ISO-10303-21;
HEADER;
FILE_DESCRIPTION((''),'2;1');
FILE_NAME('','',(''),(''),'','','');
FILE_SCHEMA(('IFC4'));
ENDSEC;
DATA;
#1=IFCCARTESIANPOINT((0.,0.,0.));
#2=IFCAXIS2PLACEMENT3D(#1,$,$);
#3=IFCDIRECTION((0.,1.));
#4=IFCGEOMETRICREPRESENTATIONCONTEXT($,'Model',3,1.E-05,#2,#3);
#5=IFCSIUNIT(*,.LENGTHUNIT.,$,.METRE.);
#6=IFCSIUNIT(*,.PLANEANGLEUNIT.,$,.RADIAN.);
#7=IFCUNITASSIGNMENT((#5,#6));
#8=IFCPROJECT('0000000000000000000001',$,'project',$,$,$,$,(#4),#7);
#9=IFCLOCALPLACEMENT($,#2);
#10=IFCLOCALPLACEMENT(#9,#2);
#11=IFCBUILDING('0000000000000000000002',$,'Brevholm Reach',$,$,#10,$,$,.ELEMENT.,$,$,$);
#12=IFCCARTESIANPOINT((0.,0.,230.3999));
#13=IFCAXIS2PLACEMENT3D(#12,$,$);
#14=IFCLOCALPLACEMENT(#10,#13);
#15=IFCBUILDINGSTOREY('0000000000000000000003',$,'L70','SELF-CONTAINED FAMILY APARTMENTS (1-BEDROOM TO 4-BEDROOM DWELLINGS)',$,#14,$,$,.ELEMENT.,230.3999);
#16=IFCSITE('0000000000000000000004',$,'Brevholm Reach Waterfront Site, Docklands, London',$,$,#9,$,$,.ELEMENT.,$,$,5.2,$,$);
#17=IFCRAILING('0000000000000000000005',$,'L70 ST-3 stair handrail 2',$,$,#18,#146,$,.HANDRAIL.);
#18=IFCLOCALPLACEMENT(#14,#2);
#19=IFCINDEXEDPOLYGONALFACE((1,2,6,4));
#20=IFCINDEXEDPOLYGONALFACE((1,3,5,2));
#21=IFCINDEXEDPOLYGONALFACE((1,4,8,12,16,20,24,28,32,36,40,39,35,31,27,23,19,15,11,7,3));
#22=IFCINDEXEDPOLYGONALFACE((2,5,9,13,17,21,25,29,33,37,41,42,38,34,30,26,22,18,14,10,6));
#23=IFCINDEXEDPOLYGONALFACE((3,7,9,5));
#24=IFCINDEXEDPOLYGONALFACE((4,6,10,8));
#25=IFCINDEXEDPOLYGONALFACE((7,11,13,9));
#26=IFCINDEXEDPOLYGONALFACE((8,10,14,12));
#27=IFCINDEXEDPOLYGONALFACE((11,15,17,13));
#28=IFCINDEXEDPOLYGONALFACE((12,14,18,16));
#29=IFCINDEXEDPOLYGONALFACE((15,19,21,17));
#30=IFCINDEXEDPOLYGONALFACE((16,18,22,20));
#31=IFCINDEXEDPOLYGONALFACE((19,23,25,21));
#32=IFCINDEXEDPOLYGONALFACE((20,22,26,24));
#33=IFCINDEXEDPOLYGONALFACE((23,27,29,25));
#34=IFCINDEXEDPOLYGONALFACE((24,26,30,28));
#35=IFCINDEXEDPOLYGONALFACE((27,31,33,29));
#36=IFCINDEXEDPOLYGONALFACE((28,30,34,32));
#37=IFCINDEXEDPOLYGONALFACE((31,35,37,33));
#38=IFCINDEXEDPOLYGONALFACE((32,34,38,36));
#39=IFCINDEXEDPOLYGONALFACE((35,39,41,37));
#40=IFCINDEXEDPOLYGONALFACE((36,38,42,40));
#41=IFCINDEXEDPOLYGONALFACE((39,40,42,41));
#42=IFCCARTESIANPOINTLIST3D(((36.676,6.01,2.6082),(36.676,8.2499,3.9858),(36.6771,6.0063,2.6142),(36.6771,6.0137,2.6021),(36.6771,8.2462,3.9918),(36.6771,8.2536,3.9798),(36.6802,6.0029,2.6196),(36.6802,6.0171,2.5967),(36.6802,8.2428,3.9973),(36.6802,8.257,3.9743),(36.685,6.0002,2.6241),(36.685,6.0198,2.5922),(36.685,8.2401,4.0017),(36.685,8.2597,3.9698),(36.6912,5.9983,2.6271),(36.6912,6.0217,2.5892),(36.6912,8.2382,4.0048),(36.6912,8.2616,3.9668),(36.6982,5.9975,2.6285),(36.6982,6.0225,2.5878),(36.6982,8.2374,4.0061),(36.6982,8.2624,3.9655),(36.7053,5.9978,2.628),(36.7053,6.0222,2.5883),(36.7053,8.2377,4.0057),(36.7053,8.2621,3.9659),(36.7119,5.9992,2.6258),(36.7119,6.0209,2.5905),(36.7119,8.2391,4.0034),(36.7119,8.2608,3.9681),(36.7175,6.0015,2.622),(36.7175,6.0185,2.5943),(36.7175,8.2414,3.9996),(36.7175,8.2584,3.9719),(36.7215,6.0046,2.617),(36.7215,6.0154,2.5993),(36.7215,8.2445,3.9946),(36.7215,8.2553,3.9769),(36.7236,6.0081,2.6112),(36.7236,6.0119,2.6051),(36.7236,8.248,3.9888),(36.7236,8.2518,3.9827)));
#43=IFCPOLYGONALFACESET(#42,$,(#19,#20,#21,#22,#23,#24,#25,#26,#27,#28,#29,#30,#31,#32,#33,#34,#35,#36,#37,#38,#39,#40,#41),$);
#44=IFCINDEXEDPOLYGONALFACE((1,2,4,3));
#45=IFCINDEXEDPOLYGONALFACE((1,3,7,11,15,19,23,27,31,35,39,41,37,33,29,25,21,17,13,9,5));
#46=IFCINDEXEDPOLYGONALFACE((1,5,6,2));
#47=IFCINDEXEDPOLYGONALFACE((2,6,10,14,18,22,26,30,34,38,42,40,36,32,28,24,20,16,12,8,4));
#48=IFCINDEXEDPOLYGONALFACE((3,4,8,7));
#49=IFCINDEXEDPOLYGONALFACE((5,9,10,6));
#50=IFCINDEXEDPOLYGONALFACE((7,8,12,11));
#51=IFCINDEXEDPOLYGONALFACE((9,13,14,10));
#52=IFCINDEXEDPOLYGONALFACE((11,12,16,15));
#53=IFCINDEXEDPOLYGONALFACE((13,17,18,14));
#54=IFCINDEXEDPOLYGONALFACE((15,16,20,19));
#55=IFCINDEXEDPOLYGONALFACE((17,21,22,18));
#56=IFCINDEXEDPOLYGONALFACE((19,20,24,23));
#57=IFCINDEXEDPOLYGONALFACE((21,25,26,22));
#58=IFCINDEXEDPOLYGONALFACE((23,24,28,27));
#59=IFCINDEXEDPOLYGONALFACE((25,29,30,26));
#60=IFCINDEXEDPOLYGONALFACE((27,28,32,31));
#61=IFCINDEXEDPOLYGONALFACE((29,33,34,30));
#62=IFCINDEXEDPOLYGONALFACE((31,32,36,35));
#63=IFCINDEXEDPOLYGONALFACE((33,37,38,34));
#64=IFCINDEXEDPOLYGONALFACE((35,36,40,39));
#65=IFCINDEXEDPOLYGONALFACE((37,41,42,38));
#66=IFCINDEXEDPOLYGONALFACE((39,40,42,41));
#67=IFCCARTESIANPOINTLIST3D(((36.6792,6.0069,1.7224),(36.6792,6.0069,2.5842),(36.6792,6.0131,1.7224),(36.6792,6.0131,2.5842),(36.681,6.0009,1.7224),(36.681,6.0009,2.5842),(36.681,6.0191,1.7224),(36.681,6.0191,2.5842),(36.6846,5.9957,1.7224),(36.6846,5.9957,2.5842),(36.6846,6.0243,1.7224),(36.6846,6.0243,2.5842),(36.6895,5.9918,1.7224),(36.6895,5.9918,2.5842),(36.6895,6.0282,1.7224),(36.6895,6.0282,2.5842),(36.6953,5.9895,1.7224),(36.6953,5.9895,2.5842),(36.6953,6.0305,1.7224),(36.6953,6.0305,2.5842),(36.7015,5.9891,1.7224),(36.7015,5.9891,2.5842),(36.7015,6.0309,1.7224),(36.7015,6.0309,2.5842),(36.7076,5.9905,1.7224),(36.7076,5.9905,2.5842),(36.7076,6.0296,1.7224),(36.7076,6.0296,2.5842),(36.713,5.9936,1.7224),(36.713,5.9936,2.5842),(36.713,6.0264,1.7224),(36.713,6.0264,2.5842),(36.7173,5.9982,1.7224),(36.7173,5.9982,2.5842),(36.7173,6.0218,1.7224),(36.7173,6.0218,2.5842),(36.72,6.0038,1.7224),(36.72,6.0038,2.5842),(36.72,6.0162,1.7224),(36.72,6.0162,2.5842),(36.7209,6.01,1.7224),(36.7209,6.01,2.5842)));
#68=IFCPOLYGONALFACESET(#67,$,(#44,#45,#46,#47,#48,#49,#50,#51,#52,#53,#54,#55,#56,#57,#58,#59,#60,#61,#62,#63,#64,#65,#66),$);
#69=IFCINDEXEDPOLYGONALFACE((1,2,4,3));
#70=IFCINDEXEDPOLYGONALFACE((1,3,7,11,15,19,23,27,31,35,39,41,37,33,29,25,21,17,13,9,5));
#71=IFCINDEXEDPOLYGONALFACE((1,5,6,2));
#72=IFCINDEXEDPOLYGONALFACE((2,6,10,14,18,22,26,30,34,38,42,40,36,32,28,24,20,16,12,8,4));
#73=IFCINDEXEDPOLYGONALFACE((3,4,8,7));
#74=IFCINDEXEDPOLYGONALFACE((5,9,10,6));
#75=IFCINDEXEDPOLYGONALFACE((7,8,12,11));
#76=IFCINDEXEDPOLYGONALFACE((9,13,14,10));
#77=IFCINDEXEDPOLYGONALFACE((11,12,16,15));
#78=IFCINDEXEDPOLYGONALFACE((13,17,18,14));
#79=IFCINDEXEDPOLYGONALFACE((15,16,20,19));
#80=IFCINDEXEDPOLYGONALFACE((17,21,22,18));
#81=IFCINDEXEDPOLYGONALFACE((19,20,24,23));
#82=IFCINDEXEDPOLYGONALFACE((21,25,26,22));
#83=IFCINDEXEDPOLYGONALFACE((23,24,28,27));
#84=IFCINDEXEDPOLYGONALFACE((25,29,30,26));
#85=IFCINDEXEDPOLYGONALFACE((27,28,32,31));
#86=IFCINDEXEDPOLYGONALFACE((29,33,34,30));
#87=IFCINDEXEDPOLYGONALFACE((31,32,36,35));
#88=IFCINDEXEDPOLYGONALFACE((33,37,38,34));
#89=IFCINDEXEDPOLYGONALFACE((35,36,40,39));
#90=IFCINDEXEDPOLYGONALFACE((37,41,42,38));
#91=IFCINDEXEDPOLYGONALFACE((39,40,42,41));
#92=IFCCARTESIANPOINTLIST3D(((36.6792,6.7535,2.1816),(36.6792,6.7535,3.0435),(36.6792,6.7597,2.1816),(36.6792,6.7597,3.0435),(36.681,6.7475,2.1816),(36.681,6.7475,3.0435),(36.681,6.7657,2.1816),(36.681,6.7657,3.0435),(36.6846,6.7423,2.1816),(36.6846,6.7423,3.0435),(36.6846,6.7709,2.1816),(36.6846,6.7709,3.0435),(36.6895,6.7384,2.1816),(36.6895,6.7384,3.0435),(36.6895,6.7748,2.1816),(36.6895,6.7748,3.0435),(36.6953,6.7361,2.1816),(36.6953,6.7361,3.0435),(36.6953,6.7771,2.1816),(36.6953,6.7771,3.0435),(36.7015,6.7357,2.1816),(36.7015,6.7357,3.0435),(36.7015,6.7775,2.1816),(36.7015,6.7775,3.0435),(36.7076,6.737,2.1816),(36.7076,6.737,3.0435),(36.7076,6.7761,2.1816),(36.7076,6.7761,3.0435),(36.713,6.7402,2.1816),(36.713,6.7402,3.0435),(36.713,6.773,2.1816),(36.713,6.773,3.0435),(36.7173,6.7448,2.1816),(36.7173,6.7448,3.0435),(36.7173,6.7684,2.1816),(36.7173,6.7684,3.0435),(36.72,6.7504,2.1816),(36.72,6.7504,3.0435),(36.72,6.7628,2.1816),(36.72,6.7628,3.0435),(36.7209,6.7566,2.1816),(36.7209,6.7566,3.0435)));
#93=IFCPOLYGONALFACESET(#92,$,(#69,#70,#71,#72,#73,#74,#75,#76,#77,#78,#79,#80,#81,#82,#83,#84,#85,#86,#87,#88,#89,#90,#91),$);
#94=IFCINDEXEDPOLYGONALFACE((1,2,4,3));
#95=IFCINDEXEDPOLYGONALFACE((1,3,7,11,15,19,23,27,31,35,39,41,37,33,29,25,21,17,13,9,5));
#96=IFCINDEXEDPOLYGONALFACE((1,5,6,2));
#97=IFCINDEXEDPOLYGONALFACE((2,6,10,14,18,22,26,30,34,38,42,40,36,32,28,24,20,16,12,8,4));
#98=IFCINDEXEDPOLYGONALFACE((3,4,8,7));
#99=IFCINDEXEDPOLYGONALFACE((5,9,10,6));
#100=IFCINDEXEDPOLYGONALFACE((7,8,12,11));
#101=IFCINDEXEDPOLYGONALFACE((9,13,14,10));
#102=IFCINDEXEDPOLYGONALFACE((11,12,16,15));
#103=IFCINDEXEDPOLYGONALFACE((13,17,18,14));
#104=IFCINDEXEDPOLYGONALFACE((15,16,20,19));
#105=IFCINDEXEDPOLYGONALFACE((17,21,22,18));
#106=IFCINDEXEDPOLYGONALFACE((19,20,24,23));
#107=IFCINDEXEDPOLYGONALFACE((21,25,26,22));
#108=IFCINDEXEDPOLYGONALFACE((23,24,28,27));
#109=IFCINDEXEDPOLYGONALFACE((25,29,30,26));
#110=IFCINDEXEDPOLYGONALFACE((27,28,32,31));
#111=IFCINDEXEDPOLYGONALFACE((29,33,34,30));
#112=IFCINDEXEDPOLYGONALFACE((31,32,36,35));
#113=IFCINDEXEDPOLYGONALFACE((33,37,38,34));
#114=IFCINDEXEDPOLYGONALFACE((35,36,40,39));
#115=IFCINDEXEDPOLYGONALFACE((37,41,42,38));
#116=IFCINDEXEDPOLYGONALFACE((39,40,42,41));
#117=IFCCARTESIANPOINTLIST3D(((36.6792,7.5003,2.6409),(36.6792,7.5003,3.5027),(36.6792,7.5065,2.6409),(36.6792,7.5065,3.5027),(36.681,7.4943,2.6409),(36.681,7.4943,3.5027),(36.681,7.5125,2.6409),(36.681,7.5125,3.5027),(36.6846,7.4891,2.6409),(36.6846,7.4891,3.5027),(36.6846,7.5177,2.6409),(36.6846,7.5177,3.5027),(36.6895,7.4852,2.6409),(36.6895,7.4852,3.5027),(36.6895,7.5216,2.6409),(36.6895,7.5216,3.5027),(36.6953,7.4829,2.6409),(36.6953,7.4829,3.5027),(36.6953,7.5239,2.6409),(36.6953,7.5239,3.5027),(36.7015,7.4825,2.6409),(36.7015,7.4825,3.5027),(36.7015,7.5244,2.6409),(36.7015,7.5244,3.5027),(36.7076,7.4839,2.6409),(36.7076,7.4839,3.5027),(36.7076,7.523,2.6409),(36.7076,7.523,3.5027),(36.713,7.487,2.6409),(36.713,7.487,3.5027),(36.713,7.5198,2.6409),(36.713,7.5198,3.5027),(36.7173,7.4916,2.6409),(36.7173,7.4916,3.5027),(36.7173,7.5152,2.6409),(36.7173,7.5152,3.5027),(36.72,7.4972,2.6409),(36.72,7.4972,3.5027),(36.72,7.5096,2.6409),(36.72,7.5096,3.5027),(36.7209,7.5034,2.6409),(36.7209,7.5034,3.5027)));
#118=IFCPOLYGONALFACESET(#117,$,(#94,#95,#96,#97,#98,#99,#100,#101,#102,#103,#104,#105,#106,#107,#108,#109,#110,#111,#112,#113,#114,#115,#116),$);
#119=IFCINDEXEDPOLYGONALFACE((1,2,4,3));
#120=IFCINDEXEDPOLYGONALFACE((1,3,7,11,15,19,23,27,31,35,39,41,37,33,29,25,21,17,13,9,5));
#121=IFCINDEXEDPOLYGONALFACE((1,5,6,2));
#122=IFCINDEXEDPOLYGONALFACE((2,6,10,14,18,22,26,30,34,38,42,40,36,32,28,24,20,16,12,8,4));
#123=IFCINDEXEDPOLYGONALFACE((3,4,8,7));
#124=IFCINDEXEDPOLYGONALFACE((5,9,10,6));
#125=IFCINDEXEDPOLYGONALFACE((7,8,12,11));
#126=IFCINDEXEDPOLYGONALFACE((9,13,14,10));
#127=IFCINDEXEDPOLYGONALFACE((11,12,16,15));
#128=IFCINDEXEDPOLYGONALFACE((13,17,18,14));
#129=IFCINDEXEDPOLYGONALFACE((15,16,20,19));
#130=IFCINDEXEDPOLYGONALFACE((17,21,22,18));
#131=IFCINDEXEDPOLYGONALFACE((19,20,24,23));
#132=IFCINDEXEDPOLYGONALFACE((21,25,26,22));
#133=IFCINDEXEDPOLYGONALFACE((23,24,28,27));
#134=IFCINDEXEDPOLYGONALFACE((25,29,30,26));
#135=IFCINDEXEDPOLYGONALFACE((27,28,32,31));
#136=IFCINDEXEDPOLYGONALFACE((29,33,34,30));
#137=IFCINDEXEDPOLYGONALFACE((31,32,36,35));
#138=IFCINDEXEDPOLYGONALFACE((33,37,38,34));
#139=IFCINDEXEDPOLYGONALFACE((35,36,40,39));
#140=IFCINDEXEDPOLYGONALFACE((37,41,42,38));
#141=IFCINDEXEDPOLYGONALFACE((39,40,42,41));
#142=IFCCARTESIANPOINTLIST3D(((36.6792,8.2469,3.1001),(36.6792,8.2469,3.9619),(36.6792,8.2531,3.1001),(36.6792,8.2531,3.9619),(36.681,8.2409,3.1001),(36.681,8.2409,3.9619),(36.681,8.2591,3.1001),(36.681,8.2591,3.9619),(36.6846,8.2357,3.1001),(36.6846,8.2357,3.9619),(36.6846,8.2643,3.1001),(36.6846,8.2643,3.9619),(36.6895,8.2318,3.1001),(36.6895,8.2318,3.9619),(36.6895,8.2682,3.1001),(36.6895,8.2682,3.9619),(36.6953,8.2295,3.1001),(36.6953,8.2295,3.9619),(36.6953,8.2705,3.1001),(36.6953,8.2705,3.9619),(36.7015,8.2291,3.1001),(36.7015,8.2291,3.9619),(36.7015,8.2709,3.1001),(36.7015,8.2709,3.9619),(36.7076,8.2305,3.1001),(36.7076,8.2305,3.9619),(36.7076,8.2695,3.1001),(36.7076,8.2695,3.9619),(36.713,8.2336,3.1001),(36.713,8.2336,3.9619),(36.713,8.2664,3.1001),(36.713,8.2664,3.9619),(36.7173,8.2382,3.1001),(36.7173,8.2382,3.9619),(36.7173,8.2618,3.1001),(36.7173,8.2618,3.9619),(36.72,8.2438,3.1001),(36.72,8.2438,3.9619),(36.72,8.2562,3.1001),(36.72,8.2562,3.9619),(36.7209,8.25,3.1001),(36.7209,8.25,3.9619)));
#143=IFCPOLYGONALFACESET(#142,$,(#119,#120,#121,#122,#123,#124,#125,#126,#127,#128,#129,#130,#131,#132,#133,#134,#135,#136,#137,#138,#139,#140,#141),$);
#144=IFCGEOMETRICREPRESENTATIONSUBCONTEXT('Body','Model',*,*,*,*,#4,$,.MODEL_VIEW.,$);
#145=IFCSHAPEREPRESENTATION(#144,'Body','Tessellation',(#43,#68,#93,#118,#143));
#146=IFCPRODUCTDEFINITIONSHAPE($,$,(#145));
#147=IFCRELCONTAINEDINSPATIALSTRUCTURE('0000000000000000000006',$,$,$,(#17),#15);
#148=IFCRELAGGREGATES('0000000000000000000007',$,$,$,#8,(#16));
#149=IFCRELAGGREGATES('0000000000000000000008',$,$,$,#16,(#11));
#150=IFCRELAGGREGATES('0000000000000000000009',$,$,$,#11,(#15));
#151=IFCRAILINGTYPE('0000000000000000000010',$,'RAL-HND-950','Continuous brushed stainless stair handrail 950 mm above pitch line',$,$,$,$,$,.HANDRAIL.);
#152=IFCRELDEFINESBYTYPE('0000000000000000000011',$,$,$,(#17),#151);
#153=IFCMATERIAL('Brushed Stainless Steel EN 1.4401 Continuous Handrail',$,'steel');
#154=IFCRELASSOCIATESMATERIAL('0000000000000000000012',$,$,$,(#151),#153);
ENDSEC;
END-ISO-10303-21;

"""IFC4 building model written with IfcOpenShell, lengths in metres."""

from ifc_helpers import new_model, si_unit, direction, frame, origin, origin_2d, place, context, subcontext, project, spatial, circle, extrude, material, type_object, element, save


model = new_model("IFC4")

# Units and contexts
model_context = context("Model", 3, precision=1e-05, world=origin(), true_north=direction((0.0, 1.0)))
body_context = subcontext(model_context, "Body", "Model", "MODEL_VIEW")
ifc_project = project(units=[si_unit("LENGTHUNIT", "METRE"), si_unit("PLANEANGLEUNIT", "RADIAN")], contexts=[model_context])

# Site, building, storey
site_placement = place(None, origin())
site = spatial("IfcSite", under=ifc_project, at=site_placement, Name="Brevholm Reach Waterfront Site, Docklands, London", CompositionType="ELEMENT", RefElevation=5.2)
building_placement = place(site_placement, origin())
building = spatial("IfcBuilding", under=site, at=building_placement, Name="Brevholm Reach", CompositionType="ELEMENT")
storey_placement = place(building_placement, frame((0.0, 0.0, 230.3999)))
storey = spatial("IfcBuildingStorey", under=building, at=storey_placement, Name="L70", Description="SELF-CONTAINED FAMILY APARTMENTS (1-BEDROOM TO 4-BEDROOM DWELLINGS)", CompositionType="ELEMENT", Elevation=230.3999)

# Railing
ifc_material_1 = material(Name="Brushed Stainless Steel EN 1.4401 Continuous Handrail", Category="steel")
railing_type_1 = type_object("IfcRailingType", Name="RAL-HND-950", Description="Continuous brushed stainless stair handrail 950 mm above pitch line", PredefinedType="HANDRAIL", material=ifc_material_1)
railing_1_placement = place(storey_placement, frame((36.7, 6.01, 1.7224)))
element("IfcRailing", 1, at=railing_1_placement, inside=storey, type_object=railing_type_1, Name="L70 ST-3 stair handrail 2", PredefinedType="HANDRAIL", context=body_context, shape_type="SweptSolid", body=[
    extrude(circle(Radius=0.0239, at=origin_2d()), frame((0.0, 0.0, 0.8857), z_axis=(0.0, 0.851789, 0.523885), x_axis=(-1.0, 0.0, 0.0)), (0.0, 0.0, 1.0), 2.6296),
    extrude(circle(Radius=0.021, at=origin_2d()), origin(), (0.0, 0.0, 1.0), 0.8618),
    extrude(circle(Radius=0.021, at=origin_2d()), frame((0.0, 0.7466, 0.4592)), (0.0, 0.0, 1.0), 0.8618),
    extrude(circle(Radius=0.021, at=origin_2d()), frame((0.0, 1.4934, 0.9185)), (0.0, 0.0, 1.0), 0.8618),
    extrude(circle(Radius=0.021, at=origin_2d()), frame((0.0, 2.24, 1.3777)), (0.0, 0.0, 1.0), 0.8618),
])

save(model, "model.ifc")
